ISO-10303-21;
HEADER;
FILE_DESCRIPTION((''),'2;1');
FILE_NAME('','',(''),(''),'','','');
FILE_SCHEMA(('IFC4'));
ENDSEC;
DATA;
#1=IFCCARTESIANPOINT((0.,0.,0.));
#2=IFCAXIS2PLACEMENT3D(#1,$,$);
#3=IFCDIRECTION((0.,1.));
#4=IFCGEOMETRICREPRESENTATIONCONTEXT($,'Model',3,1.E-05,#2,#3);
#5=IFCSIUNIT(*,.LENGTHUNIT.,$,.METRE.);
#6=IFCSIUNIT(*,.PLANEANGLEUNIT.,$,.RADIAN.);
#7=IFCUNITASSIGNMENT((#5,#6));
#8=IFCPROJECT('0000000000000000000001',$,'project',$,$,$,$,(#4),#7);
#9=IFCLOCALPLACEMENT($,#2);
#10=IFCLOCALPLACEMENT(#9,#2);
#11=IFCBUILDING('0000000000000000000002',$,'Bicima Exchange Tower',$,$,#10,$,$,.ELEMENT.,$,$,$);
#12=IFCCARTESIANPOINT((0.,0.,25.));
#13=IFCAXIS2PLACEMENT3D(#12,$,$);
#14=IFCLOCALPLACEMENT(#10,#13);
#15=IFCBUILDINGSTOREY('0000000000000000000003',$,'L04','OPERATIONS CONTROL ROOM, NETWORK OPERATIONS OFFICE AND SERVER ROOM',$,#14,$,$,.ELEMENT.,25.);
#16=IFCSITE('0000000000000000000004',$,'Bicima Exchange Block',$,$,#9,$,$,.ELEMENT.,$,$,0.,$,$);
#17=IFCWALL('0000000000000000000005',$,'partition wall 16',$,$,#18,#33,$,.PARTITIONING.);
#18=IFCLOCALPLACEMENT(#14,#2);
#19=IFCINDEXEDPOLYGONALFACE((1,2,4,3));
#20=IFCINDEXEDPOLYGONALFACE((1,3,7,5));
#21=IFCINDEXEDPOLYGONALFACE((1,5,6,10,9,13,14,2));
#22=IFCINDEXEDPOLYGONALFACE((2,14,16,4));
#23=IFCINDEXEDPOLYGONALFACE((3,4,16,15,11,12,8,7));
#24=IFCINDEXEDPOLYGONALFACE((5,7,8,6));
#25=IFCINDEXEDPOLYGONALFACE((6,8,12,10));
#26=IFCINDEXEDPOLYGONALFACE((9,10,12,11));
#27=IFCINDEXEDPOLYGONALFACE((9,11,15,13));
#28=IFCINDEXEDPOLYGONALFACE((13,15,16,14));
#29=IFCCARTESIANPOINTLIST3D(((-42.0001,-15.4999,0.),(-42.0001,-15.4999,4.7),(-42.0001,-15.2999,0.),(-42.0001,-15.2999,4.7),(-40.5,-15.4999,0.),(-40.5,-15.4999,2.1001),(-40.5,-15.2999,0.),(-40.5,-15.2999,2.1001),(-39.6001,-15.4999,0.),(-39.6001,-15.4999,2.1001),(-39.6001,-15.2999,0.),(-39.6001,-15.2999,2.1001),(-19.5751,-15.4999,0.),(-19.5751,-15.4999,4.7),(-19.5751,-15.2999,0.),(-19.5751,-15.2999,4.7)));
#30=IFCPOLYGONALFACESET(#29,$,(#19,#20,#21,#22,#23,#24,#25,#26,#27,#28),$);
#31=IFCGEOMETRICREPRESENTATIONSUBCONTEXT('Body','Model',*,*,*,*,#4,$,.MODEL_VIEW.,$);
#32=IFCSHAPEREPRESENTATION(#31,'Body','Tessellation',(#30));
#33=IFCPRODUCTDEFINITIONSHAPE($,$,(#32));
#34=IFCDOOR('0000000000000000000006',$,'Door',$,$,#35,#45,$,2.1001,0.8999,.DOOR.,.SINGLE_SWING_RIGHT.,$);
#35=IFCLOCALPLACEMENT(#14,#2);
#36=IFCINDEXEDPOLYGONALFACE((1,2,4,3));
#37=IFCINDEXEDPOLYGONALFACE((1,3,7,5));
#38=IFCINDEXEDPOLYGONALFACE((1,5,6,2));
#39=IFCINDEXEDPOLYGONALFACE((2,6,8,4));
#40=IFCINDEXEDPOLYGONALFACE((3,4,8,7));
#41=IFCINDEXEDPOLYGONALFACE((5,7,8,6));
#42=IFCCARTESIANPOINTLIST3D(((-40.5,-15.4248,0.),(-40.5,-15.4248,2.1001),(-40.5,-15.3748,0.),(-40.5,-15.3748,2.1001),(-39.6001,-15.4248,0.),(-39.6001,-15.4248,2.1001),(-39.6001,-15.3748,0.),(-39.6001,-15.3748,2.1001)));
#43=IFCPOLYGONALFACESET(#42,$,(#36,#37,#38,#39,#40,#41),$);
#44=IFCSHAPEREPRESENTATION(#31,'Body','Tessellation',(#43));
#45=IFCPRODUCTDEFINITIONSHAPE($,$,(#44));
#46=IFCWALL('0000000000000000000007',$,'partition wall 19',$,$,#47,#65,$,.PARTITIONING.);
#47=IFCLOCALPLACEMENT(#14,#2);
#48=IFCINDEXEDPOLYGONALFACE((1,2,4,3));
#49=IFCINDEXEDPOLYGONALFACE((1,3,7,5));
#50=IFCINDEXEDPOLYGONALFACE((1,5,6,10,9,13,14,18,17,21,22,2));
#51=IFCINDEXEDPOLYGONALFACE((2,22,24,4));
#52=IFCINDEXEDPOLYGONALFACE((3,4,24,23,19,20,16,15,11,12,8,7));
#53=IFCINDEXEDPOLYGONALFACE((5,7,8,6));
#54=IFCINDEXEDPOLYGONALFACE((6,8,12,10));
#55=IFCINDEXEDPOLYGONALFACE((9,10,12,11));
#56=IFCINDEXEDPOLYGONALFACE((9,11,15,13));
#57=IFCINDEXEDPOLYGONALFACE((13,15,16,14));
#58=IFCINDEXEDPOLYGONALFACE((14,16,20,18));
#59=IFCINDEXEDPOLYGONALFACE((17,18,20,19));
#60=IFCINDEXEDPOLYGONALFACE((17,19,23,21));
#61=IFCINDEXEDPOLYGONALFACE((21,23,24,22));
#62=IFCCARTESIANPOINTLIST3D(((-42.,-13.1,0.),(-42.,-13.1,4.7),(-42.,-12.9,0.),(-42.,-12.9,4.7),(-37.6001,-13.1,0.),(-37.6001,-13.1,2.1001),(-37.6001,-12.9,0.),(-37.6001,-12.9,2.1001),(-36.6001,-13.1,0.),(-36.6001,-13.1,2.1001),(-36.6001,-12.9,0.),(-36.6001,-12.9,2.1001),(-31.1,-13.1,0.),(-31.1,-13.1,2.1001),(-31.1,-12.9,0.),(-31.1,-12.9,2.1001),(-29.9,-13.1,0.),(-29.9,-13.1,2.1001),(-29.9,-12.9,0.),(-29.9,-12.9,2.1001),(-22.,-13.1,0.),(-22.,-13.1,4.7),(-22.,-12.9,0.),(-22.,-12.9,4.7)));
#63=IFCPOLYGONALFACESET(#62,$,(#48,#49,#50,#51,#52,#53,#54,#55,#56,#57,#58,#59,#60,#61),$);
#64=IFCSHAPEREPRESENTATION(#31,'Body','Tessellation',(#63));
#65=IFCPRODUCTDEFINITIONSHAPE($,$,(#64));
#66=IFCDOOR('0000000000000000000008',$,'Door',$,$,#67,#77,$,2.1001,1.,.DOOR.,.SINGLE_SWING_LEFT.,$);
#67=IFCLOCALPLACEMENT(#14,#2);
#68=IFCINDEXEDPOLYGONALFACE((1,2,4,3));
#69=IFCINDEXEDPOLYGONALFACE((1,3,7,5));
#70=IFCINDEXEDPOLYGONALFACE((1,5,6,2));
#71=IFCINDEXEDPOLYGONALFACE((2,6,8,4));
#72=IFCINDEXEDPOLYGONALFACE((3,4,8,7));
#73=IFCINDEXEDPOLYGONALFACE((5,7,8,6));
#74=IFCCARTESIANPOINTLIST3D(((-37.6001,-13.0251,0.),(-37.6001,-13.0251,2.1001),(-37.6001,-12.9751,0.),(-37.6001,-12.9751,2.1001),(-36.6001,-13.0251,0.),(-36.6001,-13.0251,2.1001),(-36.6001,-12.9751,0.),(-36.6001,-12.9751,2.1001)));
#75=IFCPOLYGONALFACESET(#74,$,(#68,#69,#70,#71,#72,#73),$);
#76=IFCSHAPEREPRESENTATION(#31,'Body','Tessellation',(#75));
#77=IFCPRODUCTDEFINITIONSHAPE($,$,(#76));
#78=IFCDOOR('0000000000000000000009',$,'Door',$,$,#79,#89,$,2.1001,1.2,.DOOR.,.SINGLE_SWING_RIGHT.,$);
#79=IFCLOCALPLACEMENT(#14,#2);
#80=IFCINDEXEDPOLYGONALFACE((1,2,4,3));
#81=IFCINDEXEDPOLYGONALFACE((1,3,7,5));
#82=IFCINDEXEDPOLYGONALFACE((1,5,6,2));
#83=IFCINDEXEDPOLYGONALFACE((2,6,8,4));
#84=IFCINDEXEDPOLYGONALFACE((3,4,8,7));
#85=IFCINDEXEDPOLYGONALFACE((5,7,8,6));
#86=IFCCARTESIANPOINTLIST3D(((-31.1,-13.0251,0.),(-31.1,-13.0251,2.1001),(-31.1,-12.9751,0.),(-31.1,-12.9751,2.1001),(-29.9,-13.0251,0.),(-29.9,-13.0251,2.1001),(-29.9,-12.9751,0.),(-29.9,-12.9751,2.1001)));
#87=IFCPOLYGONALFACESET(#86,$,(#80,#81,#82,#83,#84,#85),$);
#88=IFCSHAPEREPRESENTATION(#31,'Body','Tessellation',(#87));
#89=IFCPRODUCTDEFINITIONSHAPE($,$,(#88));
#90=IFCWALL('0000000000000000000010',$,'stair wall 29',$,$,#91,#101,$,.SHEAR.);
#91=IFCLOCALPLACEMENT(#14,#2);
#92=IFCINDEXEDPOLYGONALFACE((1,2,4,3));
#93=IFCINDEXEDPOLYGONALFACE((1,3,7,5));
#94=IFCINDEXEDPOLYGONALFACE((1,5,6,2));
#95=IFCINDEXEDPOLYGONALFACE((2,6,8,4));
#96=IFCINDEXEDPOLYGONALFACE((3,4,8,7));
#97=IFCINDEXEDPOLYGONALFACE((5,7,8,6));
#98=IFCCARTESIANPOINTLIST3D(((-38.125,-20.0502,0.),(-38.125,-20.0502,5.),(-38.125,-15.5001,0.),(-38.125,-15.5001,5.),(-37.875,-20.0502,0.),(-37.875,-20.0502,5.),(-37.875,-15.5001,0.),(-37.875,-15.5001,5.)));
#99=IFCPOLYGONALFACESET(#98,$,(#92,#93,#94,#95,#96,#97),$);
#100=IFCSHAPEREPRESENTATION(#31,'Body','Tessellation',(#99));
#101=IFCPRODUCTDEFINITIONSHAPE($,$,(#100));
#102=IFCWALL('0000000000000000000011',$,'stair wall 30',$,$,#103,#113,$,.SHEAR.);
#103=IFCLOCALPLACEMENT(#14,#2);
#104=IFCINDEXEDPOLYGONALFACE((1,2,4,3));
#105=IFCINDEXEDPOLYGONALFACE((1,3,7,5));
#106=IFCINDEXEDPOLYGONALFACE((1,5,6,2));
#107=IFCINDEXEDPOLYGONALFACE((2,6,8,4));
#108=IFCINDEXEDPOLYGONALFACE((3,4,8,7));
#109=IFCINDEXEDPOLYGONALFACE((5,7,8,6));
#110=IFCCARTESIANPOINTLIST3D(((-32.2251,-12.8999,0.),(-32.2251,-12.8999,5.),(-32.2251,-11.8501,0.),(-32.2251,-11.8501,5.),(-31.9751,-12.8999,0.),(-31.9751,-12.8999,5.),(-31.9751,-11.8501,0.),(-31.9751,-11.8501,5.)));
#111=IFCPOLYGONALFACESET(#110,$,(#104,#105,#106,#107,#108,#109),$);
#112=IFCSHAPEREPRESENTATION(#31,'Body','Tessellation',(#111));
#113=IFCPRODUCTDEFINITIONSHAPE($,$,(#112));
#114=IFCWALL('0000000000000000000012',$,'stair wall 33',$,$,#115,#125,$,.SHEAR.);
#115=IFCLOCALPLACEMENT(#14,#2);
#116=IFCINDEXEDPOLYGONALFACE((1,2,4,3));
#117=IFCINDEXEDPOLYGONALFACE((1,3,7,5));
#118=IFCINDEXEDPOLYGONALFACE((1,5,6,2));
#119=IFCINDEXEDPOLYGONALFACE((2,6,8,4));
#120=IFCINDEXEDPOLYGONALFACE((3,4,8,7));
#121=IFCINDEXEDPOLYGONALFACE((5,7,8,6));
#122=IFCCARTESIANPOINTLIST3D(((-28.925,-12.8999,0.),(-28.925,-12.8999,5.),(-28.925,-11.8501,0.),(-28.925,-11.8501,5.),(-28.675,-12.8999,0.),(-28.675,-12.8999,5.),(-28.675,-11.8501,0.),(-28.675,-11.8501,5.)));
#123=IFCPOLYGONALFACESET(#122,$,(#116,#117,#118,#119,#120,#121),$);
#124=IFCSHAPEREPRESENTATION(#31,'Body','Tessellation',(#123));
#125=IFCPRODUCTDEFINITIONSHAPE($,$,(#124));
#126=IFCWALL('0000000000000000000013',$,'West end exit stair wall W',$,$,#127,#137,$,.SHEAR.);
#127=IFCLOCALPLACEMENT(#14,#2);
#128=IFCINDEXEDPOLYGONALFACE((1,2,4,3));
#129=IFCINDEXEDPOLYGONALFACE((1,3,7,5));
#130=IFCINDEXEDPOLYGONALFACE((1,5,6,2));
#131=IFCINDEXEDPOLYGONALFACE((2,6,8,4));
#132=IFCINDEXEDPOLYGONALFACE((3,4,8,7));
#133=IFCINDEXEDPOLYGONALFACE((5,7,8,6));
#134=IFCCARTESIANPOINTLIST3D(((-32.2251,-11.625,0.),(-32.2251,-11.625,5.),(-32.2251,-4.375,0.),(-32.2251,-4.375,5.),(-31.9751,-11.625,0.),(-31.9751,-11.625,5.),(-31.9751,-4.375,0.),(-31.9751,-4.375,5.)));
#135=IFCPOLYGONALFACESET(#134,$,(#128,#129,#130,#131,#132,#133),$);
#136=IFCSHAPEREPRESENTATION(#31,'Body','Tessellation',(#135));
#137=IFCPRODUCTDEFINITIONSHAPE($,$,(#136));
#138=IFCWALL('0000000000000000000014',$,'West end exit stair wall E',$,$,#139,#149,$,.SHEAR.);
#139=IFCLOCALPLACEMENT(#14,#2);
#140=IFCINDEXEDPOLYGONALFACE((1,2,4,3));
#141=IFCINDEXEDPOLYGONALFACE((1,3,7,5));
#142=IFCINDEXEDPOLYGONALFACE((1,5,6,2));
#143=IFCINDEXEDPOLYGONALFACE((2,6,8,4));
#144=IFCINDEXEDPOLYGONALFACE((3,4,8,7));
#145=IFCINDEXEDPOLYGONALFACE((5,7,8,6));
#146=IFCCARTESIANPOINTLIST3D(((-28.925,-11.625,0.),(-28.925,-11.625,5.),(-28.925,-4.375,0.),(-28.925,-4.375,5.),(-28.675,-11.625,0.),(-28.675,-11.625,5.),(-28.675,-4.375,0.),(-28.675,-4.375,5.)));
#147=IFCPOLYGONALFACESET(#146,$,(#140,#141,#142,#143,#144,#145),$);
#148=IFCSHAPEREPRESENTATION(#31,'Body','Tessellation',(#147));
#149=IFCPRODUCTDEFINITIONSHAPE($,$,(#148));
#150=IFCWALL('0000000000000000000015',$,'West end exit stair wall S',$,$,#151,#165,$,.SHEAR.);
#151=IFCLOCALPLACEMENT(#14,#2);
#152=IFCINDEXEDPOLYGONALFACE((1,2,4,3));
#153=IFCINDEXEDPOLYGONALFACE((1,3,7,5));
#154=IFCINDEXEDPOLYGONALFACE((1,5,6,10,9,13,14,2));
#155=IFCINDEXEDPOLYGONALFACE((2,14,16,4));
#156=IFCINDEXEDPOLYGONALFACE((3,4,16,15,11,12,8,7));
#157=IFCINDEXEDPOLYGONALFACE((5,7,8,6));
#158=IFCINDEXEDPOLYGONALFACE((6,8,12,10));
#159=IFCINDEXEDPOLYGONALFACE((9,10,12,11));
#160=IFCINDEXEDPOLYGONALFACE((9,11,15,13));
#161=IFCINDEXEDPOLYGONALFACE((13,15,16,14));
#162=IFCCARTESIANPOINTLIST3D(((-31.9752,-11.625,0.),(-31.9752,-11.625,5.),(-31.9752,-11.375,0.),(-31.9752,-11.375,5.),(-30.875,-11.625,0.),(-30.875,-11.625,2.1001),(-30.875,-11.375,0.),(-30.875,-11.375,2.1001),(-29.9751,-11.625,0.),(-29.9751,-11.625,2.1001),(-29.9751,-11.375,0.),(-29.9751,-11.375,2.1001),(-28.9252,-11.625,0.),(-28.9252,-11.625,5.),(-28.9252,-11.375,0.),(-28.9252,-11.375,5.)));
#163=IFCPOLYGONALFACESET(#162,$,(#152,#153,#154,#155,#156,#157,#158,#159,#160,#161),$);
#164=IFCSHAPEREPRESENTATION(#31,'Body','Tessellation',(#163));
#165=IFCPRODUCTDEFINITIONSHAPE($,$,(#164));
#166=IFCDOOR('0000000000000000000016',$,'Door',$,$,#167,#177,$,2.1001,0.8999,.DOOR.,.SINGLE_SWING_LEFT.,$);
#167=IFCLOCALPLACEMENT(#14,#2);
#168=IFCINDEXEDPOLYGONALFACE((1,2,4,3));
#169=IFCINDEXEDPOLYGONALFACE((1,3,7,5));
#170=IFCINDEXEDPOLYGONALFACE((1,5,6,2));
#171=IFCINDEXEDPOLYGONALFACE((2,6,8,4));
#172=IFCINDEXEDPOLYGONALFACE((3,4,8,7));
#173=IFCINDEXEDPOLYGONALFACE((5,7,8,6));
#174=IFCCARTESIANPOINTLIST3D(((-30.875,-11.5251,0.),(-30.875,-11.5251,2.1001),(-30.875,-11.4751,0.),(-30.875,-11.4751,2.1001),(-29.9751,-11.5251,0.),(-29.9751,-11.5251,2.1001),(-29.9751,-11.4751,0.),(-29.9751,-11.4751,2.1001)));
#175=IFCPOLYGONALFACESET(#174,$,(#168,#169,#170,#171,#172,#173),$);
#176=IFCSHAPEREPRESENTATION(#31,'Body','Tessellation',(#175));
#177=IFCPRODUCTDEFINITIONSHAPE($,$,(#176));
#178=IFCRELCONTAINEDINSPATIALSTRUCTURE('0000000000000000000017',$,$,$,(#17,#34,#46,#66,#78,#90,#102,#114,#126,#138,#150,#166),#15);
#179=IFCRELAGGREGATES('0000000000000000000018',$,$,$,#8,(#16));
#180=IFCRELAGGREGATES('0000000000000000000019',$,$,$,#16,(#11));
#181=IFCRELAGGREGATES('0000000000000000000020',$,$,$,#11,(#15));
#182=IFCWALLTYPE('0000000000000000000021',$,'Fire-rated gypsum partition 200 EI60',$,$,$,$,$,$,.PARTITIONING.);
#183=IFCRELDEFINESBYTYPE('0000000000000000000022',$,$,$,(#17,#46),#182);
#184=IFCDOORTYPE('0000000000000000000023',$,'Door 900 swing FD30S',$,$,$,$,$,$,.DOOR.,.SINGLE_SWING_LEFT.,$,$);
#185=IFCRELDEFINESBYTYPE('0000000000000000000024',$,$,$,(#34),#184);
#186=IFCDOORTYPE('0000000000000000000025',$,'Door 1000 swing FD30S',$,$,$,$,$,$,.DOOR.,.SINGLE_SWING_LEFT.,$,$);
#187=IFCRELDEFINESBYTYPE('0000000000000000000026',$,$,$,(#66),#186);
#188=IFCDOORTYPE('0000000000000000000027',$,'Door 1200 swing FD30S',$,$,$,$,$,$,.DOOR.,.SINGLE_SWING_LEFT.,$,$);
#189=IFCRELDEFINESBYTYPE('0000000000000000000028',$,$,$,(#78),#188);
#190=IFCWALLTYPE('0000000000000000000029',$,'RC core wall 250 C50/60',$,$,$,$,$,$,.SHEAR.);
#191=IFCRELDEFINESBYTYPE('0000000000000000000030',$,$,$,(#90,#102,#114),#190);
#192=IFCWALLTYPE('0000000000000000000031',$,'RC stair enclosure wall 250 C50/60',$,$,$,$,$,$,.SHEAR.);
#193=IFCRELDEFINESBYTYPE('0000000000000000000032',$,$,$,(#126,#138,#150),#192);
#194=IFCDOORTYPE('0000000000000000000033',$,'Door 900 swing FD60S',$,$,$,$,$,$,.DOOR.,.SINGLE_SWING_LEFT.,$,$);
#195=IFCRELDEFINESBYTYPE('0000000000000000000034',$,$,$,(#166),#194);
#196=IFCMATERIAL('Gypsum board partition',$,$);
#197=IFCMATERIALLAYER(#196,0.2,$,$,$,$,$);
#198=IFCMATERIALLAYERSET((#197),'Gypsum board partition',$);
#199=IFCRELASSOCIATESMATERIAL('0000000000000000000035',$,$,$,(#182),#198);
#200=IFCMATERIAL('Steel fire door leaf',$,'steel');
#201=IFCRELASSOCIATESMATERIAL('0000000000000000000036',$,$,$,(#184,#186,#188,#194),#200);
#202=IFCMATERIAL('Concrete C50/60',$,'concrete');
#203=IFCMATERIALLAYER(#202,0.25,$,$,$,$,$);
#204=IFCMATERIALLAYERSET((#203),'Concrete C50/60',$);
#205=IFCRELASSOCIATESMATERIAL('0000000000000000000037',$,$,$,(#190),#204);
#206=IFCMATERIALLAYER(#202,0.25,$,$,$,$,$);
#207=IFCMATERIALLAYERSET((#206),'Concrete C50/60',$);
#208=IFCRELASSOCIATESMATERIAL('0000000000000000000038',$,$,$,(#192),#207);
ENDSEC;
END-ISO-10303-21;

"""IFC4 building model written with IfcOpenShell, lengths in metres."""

from ifc_helpers import new_model, si_unit, direction, frame, frame_2d, origin, place, context, subcontext, project, spatial, rectangle, extrude, material, layer, layer_set, type_object, element, fill, save


model = new_model("IFC4")

# Units and contexts
model_context = context("Model", 3, precision=1e-05, world=origin(), true_north=direction((0.0, 1.0)))
body_context = subcontext(model_context, "Body", "Model", "MODEL_VIEW")
ifc_project = project(units=[si_unit("LENGTHUNIT", "METRE"), si_unit("PLANEANGLEUNIT", "RADIAN")], contexts=[model_context])

# Site, building, storey
site_placement = place(None, origin())
site = spatial("IfcSite", under=ifc_project, at=site_placement, Name="Bicima Exchange Block", CompositionType="ELEMENT", RefElevation=0.0)
building_placement = place(site_placement, origin())
building = spatial("IfcBuilding", under=site, at=building_placement, Name="Bicima Exchange Tower", CompositionType="ELEMENT")
storey_placement = place(building_placement, frame((0.0, 0.0, 25.0)))
storey = spatial("IfcBuildingStorey", under=building, at=storey_placement, Name="L04", Description="OPERATIONS CONTROL ROOM, NETWORK OPERATIONS OFFICE AND SERVER ROOM", CompositionType="ELEMENT", Elevation=25.0)

# Wall, opening, door
ifc_material_1 = material(Name="Gypsum board partition")
ifc_layer_1 = layer(ifc_material_1, 0.2)
ifc_layer_set_1 = layer_set([ifc_layer_1], Name="Gypsum board partition")
wall_type_1 = type_object("IfcWallType", Name="Fire-rated gypsum partition 200 EI60", PredefinedType="PARTITIONING", material=ifc_layer_set_1)
wall_1_placement = place(storey_placement, frame((-42.0, -15.3999, 0.0), z_axis=(0.0, 0.0, 1.0), x_axis=(1.0, 0.0, 0.0)))
wall_1 = element("IfcWall", 1, at=wall_1_placement, inside=storey, type_object=wall_type_1, Name="partition wall 16", PredefinedType="PARTITIONING", context=body_context, shape_type="SweptSolid", body=[
    extrude(rectangle(XDim=22.425, YDim=0.2, at=frame_2d((11.2124, 0.0))), origin(), (0.0, 0.0, 1.0), 4.7),
])
opening_1_placement = place(wall_1_placement, frame((1.5, 0.0, 0.0)))
opening_1 = element("IfcOpeningElement", 2, at=opening_1_placement, cuts=wall_1, PredefinedType="OPENING", context=body_context, shape_type="SweptSolid", body=[
    extrude(rectangle(XDim=0.8999, YDim=2.1001, at=frame_2d((0.45, 1.05))), frame((0.0, 0.1118, 0.0), z_axis=(0.0, -1.0, 0.0), x_axis=(1.0, 0.0, 0.0)), (0.0, 0.0, 1.0), 0.2239),
])
ifc_material_2 = material(Name="Steel fire door leaf", Category="steel")
door_type_1 = type_object("IfcDoorType", Name="Door 900 swing FD30S", OperationType="SINGLE_SWING_LEFT", PredefinedType="DOOR", material=ifc_material_2)
door_1_placement = place(opening_1_placement, frame((0.8999, 0.0, 0.0), z_axis=(0.0, 0.0, 1.0), x_axis=(-1.0, 0.0, 0.0)))
door_1 = element("IfcDoor", 3, at=door_1_placement, inside=storey, type_object=door_type_1, Name="Door", OperationType="SINGLE_SWING_RIGHT", OverallHeight=2.1001, OverallWidth=0.8999, PredefinedType="DOOR", context=body_context, shape_type="SweptSolid", body=[
    extrude(rectangle(XDim=0.8999, YDim=2.1001, at=frame_2d((0.45, 1.05))), frame((0.0, 0.0249, 0.0), z_axis=(0.0, -1.0, 0.0), x_axis=(1.0, 0.0, 0.0)), (0.0, 0.0, 1.0), 0.05),
])
fill(opening_1, door_1)

# Wall, openings, doors
wall_2_placement = place(storey_placement, frame((-42.0, -13.0, 0.0), z_axis=(0.0, 0.0, 1.0), x_axis=(1.0, 0.0, 0.0)))
wall_2 = element("IfcWall", 4, at=wall_2_placement, inside=storey, type_object=wall_type_1, Name="partition wall 19", PredefinedType="PARTITIONING", context=body_context, shape_type="SweptSolid", body=[
    extrude(rectangle(XDim=20.0, YDim=0.2, at=frame_2d((10.0, 0.0))), origin(), (0.0, 0.0, 1.0), 4.7),
])
opening_2_placement = place(wall_2_placement, frame((10.8999, 0.0, 0.0)))
opening_2 = element("IfcOpeningElement", 5, at=opening_2_placement, cuts=wall_2, PredefinedType="OPENING", context=body_context, shape_type="SweptSolid", body=[
    extrude(rectangle(XDim=1.2, YDim=2.1001, at=frame_2d((0.6001, 1.05))), frame((0.0, 0.1118, 0.0), z_axis=(0.0, -1.0, 0.0), x_axis=(1.0, 0.0, 0.0)), (0.0, 0.0, 1.0), 0.2239),
])
opening_3_placement = place(wall_2_placement, frame((4.3999, 0.0, 0.0)))
opening_3 = element("IfcOpeningElement", 6, at=opening_3_placement, cuts=wall_2, PredefinedType="OPENING", context=body_context, shape_type="SweptSolid", body=[
    extrude(rectangle(XDim=1.0, YDim=2.1001, at=frame_2d((0.5, 1.05))), frame((0.0, 0.1118, 0.0), z_axis=(0.0, -1.0, 0.0), x_axis=(1.0, 0.0, 0.0)), (0.0, 0.0, 1.0), 0.2239),
])
door_type_2 = type_object("IfcDoorType", Name="Door 1000 swing FD30S", OperationType="SINGLE_SWING_LEFT", PredefinedType="DOOR", material=ifc_material_2)
door_2_placement = place(opening_3_placement, origin())
door_2 = element("IfcDoor", 7, at=door_2_placement, inside=storey, type_object=door_type_2, Name="Door", OperationType="SINGLE_SWING_LEFT", OverallHeight=2.1001, OverallWidth=1.0, PredefinedType="DOOR", context=body_context, shape_type="SweptSolid", body=[
    extrude(rectangle(XDim=1.0, YDim=2.1001, at=frame_2d((0.5, 1.05))), frame((0.0, 0.0249, 0.0), z_axis=(0.0, -1.0, 0.0), x_axis=(1.0, 0.0, 0.0)), (0.0, 0.0, 1.0), 0.05),
])
fill(opening_3, door_2)
door_type_3 = type_object("IfcDoorType", Name="Door 1200 swing FD30S", OperationType="SINGLE_SWING_LEFT", PredefinedType="DOOR", material=ifc_material_2)
door_3_placement = place(opening_2_placement, origin())
door_3 = element("IfcDoor", 8, at=door_3_placement, inside=storey, type_object=door_type_3, Name="Door", OperationType="SINGLE_SWING_RIGHT", OverallHeight=2.1001, OverallWidth=1.2, PredefinedType="DOOR", context=body_context, shape_type="SweptSolid", body=[
    extrude(rectangle(XDim=1.2, YDim=2.1001, at=frame_2d((0.6001, 1.05))), frame((0.0, 0.0249, 0.0), z_axis=(0.0, -1.0, 0.0), x_axis=(1.0, 0.0, 0.0)), (0.0, 0.0, 1.0), 0.05),
])
fill(opening_2, door_3)

# Walls
ifc_material_3 = material(Name="Concrete C50/60", Category="concrete")
ifc_layer_2 = layer(ifc_material_3, 0.25)
ifc_layer_set_2 = layer_set([ifc_layer_2], Name="Concrete C50/60")
wall_type_2 = type_object("IfcWallType", Name="RC core wall 250 C50/60", PredefinedType="SHEAR", material=ifc_layer_set_2)
wall_3_placement = place(storey_placement, frame((-38.0, -20.05, 0.0), z_axis=(0.0, 0.0, 1.0), x_axis=(0.0, 1.0, 0.0)))
element("IfcWall", 9, at=wall_3_placement, inside=storey, type_object=wall_type_2, Name="stair wall 29", PredefinedType="SHEAR", context=body_context, shape_type="SweptSolid", body=[
    extrude(rectangle(XDim=4.55, YDim=0.25, at=frame_2d((2.2749, 0.0))), origin(), (0.0, 0.0, 1.0), 5.0),
])
for number, where, z_axis, x_axis, name in (
    (10, (-32.1001, -12.8999, 0.0), (0.0, 0.0, 1.0), (0.0, 1.0, 0.0), "stair wall 30"),
    (11, (-28.8, -12.8999, 0.0), (0.0, 0.0, 1.0), (0.0, 1.0, 0.0), "stair wall 33"),
):
    element("IfcWall", number, at=place(storey_placement, frame(where, z_axis=z_axis, x_axis=x_axis)), inside=storey, type_object=wall_type_2, Name=name, PredefinedType="SHEAR", context=body_context, shape_type="SweptSolid", body=[
        extrude(rectangle(XDim=1.0498, YDim=0.25, at=frame_2d((0.5249, 0.0))), origin(), (0.0, 0.0, 1.0), 5.0),
    ])
ifc_layer_3 = layer(ifc_material_3, 0.25)
ifc_layer_set_3 = layer_set([ifc_layer_3], Name="Concrete C50/60")
wall_type_3 = type_object("IfcWallType", Name="RC stair enclosure wall 250 C50/60", PredefinedType="SHEAR", material=ifc_layer_set_3)
for number, where, z_axis, x_axis, name in (
    (12, (-32.1001, -11.625, 0.0), (0.0, 0.0, 1.0), (0.0, 1.0, 0.0), "West end exit stair wall W"),
    (13, (-28.8, -11.625, 0.0), (0.0, 0.0, 1.0), (0.0, 1.0, 0.0), "West end exit stair wall E"),
):
    element("IfcWall", number, at=place(storey_placement, frame(where, z_axis=z_axis, x_axis=x_axis)), inside=storey, type_object=wall_type_3, Name=name, PredefinedType="SHEAR", context=body_context, shape_type="SweptSolid", body=[
        extrude(rectangle(XDim=7.25, YDim=0.25, at=frame_2d((3.625, 0.0))), origin(), (0.0, 0.0, 1.0), 5.0),
    ])

# Wall, opening, door
wall_4_placement = place(storey_placement, frame((-31.9751, -11.5, 0.0), z_axis=(0.0, 0.0, 1.0), x_axis=(1.0, 0.0, 0.0)))
wall_4 = element("IfcWall", 14, at=wall_4_placement, inside=storey, type_object=wall_type_3, Name="West end exit stair wall S", PredefinedType="SHEAR", context=body_context, shape_type="SweptSolid", body=[
    extrude(rectangle(XDim=3.05, YDim=0.25, at=frame_2d((1.5249, 0.0))), origin(), (0.0, 0.0, 1.0), 5.0),
])
opening_4_placement = place(wall_4_placement, frame((1.1001, 0.0, 0.0)))
opening_4 = element("IfcOpeningElement", 15, at=opening_4_placement, cuts=wall_4, PredefinedType="OPENING", context=body_context, shape_type="SweptSolid", body=[
    extrude(rectangle(XDim=0.8999, YDim=2.1001, at=frame_2d((0.45, 1.05))), frame((0.0, 0.137, 0.0), z_axis=(0.0, -1.0, 0.0), x_axis=(1.0, 0.0, 0.0)), (0.0, 0.0, 1.0), 0.2739),
])
door_type_4 = type_object("IfcDoorType", Name="Door 900 swing FD60S", OperationType="SINGLE_SWING_LEFT", PredefinedType="DOOR", material=ifc_material_2)
door_4_placement = place(opening_4_placement, origin())
door_4 = element("IfcDoor", 16, at=door_4_placement, inside=storey, type_object=door_type_4, Name="Door", OperationType="SINGLE_SWING_LEFT", OverallHeight=2.1001, OverallWidth=0.8999, PredefinedType="DOOR", context=body_context, shape_type="SweptSolid", body=[
    extrude(rectangle(XDim=0.8999, YDim=2.1001, at=frame_2d((0.45, 1.05))), frame((0.0, 0.0249, 0.0), z_axis=(0.0, -1.0, 0.0), x_axis=(1.0, 0.0, 0.0)), (0.0, 0.0, 1.0), 0.05),
])
fill(opening_4, door_4)

save(model, "model.ifc")
